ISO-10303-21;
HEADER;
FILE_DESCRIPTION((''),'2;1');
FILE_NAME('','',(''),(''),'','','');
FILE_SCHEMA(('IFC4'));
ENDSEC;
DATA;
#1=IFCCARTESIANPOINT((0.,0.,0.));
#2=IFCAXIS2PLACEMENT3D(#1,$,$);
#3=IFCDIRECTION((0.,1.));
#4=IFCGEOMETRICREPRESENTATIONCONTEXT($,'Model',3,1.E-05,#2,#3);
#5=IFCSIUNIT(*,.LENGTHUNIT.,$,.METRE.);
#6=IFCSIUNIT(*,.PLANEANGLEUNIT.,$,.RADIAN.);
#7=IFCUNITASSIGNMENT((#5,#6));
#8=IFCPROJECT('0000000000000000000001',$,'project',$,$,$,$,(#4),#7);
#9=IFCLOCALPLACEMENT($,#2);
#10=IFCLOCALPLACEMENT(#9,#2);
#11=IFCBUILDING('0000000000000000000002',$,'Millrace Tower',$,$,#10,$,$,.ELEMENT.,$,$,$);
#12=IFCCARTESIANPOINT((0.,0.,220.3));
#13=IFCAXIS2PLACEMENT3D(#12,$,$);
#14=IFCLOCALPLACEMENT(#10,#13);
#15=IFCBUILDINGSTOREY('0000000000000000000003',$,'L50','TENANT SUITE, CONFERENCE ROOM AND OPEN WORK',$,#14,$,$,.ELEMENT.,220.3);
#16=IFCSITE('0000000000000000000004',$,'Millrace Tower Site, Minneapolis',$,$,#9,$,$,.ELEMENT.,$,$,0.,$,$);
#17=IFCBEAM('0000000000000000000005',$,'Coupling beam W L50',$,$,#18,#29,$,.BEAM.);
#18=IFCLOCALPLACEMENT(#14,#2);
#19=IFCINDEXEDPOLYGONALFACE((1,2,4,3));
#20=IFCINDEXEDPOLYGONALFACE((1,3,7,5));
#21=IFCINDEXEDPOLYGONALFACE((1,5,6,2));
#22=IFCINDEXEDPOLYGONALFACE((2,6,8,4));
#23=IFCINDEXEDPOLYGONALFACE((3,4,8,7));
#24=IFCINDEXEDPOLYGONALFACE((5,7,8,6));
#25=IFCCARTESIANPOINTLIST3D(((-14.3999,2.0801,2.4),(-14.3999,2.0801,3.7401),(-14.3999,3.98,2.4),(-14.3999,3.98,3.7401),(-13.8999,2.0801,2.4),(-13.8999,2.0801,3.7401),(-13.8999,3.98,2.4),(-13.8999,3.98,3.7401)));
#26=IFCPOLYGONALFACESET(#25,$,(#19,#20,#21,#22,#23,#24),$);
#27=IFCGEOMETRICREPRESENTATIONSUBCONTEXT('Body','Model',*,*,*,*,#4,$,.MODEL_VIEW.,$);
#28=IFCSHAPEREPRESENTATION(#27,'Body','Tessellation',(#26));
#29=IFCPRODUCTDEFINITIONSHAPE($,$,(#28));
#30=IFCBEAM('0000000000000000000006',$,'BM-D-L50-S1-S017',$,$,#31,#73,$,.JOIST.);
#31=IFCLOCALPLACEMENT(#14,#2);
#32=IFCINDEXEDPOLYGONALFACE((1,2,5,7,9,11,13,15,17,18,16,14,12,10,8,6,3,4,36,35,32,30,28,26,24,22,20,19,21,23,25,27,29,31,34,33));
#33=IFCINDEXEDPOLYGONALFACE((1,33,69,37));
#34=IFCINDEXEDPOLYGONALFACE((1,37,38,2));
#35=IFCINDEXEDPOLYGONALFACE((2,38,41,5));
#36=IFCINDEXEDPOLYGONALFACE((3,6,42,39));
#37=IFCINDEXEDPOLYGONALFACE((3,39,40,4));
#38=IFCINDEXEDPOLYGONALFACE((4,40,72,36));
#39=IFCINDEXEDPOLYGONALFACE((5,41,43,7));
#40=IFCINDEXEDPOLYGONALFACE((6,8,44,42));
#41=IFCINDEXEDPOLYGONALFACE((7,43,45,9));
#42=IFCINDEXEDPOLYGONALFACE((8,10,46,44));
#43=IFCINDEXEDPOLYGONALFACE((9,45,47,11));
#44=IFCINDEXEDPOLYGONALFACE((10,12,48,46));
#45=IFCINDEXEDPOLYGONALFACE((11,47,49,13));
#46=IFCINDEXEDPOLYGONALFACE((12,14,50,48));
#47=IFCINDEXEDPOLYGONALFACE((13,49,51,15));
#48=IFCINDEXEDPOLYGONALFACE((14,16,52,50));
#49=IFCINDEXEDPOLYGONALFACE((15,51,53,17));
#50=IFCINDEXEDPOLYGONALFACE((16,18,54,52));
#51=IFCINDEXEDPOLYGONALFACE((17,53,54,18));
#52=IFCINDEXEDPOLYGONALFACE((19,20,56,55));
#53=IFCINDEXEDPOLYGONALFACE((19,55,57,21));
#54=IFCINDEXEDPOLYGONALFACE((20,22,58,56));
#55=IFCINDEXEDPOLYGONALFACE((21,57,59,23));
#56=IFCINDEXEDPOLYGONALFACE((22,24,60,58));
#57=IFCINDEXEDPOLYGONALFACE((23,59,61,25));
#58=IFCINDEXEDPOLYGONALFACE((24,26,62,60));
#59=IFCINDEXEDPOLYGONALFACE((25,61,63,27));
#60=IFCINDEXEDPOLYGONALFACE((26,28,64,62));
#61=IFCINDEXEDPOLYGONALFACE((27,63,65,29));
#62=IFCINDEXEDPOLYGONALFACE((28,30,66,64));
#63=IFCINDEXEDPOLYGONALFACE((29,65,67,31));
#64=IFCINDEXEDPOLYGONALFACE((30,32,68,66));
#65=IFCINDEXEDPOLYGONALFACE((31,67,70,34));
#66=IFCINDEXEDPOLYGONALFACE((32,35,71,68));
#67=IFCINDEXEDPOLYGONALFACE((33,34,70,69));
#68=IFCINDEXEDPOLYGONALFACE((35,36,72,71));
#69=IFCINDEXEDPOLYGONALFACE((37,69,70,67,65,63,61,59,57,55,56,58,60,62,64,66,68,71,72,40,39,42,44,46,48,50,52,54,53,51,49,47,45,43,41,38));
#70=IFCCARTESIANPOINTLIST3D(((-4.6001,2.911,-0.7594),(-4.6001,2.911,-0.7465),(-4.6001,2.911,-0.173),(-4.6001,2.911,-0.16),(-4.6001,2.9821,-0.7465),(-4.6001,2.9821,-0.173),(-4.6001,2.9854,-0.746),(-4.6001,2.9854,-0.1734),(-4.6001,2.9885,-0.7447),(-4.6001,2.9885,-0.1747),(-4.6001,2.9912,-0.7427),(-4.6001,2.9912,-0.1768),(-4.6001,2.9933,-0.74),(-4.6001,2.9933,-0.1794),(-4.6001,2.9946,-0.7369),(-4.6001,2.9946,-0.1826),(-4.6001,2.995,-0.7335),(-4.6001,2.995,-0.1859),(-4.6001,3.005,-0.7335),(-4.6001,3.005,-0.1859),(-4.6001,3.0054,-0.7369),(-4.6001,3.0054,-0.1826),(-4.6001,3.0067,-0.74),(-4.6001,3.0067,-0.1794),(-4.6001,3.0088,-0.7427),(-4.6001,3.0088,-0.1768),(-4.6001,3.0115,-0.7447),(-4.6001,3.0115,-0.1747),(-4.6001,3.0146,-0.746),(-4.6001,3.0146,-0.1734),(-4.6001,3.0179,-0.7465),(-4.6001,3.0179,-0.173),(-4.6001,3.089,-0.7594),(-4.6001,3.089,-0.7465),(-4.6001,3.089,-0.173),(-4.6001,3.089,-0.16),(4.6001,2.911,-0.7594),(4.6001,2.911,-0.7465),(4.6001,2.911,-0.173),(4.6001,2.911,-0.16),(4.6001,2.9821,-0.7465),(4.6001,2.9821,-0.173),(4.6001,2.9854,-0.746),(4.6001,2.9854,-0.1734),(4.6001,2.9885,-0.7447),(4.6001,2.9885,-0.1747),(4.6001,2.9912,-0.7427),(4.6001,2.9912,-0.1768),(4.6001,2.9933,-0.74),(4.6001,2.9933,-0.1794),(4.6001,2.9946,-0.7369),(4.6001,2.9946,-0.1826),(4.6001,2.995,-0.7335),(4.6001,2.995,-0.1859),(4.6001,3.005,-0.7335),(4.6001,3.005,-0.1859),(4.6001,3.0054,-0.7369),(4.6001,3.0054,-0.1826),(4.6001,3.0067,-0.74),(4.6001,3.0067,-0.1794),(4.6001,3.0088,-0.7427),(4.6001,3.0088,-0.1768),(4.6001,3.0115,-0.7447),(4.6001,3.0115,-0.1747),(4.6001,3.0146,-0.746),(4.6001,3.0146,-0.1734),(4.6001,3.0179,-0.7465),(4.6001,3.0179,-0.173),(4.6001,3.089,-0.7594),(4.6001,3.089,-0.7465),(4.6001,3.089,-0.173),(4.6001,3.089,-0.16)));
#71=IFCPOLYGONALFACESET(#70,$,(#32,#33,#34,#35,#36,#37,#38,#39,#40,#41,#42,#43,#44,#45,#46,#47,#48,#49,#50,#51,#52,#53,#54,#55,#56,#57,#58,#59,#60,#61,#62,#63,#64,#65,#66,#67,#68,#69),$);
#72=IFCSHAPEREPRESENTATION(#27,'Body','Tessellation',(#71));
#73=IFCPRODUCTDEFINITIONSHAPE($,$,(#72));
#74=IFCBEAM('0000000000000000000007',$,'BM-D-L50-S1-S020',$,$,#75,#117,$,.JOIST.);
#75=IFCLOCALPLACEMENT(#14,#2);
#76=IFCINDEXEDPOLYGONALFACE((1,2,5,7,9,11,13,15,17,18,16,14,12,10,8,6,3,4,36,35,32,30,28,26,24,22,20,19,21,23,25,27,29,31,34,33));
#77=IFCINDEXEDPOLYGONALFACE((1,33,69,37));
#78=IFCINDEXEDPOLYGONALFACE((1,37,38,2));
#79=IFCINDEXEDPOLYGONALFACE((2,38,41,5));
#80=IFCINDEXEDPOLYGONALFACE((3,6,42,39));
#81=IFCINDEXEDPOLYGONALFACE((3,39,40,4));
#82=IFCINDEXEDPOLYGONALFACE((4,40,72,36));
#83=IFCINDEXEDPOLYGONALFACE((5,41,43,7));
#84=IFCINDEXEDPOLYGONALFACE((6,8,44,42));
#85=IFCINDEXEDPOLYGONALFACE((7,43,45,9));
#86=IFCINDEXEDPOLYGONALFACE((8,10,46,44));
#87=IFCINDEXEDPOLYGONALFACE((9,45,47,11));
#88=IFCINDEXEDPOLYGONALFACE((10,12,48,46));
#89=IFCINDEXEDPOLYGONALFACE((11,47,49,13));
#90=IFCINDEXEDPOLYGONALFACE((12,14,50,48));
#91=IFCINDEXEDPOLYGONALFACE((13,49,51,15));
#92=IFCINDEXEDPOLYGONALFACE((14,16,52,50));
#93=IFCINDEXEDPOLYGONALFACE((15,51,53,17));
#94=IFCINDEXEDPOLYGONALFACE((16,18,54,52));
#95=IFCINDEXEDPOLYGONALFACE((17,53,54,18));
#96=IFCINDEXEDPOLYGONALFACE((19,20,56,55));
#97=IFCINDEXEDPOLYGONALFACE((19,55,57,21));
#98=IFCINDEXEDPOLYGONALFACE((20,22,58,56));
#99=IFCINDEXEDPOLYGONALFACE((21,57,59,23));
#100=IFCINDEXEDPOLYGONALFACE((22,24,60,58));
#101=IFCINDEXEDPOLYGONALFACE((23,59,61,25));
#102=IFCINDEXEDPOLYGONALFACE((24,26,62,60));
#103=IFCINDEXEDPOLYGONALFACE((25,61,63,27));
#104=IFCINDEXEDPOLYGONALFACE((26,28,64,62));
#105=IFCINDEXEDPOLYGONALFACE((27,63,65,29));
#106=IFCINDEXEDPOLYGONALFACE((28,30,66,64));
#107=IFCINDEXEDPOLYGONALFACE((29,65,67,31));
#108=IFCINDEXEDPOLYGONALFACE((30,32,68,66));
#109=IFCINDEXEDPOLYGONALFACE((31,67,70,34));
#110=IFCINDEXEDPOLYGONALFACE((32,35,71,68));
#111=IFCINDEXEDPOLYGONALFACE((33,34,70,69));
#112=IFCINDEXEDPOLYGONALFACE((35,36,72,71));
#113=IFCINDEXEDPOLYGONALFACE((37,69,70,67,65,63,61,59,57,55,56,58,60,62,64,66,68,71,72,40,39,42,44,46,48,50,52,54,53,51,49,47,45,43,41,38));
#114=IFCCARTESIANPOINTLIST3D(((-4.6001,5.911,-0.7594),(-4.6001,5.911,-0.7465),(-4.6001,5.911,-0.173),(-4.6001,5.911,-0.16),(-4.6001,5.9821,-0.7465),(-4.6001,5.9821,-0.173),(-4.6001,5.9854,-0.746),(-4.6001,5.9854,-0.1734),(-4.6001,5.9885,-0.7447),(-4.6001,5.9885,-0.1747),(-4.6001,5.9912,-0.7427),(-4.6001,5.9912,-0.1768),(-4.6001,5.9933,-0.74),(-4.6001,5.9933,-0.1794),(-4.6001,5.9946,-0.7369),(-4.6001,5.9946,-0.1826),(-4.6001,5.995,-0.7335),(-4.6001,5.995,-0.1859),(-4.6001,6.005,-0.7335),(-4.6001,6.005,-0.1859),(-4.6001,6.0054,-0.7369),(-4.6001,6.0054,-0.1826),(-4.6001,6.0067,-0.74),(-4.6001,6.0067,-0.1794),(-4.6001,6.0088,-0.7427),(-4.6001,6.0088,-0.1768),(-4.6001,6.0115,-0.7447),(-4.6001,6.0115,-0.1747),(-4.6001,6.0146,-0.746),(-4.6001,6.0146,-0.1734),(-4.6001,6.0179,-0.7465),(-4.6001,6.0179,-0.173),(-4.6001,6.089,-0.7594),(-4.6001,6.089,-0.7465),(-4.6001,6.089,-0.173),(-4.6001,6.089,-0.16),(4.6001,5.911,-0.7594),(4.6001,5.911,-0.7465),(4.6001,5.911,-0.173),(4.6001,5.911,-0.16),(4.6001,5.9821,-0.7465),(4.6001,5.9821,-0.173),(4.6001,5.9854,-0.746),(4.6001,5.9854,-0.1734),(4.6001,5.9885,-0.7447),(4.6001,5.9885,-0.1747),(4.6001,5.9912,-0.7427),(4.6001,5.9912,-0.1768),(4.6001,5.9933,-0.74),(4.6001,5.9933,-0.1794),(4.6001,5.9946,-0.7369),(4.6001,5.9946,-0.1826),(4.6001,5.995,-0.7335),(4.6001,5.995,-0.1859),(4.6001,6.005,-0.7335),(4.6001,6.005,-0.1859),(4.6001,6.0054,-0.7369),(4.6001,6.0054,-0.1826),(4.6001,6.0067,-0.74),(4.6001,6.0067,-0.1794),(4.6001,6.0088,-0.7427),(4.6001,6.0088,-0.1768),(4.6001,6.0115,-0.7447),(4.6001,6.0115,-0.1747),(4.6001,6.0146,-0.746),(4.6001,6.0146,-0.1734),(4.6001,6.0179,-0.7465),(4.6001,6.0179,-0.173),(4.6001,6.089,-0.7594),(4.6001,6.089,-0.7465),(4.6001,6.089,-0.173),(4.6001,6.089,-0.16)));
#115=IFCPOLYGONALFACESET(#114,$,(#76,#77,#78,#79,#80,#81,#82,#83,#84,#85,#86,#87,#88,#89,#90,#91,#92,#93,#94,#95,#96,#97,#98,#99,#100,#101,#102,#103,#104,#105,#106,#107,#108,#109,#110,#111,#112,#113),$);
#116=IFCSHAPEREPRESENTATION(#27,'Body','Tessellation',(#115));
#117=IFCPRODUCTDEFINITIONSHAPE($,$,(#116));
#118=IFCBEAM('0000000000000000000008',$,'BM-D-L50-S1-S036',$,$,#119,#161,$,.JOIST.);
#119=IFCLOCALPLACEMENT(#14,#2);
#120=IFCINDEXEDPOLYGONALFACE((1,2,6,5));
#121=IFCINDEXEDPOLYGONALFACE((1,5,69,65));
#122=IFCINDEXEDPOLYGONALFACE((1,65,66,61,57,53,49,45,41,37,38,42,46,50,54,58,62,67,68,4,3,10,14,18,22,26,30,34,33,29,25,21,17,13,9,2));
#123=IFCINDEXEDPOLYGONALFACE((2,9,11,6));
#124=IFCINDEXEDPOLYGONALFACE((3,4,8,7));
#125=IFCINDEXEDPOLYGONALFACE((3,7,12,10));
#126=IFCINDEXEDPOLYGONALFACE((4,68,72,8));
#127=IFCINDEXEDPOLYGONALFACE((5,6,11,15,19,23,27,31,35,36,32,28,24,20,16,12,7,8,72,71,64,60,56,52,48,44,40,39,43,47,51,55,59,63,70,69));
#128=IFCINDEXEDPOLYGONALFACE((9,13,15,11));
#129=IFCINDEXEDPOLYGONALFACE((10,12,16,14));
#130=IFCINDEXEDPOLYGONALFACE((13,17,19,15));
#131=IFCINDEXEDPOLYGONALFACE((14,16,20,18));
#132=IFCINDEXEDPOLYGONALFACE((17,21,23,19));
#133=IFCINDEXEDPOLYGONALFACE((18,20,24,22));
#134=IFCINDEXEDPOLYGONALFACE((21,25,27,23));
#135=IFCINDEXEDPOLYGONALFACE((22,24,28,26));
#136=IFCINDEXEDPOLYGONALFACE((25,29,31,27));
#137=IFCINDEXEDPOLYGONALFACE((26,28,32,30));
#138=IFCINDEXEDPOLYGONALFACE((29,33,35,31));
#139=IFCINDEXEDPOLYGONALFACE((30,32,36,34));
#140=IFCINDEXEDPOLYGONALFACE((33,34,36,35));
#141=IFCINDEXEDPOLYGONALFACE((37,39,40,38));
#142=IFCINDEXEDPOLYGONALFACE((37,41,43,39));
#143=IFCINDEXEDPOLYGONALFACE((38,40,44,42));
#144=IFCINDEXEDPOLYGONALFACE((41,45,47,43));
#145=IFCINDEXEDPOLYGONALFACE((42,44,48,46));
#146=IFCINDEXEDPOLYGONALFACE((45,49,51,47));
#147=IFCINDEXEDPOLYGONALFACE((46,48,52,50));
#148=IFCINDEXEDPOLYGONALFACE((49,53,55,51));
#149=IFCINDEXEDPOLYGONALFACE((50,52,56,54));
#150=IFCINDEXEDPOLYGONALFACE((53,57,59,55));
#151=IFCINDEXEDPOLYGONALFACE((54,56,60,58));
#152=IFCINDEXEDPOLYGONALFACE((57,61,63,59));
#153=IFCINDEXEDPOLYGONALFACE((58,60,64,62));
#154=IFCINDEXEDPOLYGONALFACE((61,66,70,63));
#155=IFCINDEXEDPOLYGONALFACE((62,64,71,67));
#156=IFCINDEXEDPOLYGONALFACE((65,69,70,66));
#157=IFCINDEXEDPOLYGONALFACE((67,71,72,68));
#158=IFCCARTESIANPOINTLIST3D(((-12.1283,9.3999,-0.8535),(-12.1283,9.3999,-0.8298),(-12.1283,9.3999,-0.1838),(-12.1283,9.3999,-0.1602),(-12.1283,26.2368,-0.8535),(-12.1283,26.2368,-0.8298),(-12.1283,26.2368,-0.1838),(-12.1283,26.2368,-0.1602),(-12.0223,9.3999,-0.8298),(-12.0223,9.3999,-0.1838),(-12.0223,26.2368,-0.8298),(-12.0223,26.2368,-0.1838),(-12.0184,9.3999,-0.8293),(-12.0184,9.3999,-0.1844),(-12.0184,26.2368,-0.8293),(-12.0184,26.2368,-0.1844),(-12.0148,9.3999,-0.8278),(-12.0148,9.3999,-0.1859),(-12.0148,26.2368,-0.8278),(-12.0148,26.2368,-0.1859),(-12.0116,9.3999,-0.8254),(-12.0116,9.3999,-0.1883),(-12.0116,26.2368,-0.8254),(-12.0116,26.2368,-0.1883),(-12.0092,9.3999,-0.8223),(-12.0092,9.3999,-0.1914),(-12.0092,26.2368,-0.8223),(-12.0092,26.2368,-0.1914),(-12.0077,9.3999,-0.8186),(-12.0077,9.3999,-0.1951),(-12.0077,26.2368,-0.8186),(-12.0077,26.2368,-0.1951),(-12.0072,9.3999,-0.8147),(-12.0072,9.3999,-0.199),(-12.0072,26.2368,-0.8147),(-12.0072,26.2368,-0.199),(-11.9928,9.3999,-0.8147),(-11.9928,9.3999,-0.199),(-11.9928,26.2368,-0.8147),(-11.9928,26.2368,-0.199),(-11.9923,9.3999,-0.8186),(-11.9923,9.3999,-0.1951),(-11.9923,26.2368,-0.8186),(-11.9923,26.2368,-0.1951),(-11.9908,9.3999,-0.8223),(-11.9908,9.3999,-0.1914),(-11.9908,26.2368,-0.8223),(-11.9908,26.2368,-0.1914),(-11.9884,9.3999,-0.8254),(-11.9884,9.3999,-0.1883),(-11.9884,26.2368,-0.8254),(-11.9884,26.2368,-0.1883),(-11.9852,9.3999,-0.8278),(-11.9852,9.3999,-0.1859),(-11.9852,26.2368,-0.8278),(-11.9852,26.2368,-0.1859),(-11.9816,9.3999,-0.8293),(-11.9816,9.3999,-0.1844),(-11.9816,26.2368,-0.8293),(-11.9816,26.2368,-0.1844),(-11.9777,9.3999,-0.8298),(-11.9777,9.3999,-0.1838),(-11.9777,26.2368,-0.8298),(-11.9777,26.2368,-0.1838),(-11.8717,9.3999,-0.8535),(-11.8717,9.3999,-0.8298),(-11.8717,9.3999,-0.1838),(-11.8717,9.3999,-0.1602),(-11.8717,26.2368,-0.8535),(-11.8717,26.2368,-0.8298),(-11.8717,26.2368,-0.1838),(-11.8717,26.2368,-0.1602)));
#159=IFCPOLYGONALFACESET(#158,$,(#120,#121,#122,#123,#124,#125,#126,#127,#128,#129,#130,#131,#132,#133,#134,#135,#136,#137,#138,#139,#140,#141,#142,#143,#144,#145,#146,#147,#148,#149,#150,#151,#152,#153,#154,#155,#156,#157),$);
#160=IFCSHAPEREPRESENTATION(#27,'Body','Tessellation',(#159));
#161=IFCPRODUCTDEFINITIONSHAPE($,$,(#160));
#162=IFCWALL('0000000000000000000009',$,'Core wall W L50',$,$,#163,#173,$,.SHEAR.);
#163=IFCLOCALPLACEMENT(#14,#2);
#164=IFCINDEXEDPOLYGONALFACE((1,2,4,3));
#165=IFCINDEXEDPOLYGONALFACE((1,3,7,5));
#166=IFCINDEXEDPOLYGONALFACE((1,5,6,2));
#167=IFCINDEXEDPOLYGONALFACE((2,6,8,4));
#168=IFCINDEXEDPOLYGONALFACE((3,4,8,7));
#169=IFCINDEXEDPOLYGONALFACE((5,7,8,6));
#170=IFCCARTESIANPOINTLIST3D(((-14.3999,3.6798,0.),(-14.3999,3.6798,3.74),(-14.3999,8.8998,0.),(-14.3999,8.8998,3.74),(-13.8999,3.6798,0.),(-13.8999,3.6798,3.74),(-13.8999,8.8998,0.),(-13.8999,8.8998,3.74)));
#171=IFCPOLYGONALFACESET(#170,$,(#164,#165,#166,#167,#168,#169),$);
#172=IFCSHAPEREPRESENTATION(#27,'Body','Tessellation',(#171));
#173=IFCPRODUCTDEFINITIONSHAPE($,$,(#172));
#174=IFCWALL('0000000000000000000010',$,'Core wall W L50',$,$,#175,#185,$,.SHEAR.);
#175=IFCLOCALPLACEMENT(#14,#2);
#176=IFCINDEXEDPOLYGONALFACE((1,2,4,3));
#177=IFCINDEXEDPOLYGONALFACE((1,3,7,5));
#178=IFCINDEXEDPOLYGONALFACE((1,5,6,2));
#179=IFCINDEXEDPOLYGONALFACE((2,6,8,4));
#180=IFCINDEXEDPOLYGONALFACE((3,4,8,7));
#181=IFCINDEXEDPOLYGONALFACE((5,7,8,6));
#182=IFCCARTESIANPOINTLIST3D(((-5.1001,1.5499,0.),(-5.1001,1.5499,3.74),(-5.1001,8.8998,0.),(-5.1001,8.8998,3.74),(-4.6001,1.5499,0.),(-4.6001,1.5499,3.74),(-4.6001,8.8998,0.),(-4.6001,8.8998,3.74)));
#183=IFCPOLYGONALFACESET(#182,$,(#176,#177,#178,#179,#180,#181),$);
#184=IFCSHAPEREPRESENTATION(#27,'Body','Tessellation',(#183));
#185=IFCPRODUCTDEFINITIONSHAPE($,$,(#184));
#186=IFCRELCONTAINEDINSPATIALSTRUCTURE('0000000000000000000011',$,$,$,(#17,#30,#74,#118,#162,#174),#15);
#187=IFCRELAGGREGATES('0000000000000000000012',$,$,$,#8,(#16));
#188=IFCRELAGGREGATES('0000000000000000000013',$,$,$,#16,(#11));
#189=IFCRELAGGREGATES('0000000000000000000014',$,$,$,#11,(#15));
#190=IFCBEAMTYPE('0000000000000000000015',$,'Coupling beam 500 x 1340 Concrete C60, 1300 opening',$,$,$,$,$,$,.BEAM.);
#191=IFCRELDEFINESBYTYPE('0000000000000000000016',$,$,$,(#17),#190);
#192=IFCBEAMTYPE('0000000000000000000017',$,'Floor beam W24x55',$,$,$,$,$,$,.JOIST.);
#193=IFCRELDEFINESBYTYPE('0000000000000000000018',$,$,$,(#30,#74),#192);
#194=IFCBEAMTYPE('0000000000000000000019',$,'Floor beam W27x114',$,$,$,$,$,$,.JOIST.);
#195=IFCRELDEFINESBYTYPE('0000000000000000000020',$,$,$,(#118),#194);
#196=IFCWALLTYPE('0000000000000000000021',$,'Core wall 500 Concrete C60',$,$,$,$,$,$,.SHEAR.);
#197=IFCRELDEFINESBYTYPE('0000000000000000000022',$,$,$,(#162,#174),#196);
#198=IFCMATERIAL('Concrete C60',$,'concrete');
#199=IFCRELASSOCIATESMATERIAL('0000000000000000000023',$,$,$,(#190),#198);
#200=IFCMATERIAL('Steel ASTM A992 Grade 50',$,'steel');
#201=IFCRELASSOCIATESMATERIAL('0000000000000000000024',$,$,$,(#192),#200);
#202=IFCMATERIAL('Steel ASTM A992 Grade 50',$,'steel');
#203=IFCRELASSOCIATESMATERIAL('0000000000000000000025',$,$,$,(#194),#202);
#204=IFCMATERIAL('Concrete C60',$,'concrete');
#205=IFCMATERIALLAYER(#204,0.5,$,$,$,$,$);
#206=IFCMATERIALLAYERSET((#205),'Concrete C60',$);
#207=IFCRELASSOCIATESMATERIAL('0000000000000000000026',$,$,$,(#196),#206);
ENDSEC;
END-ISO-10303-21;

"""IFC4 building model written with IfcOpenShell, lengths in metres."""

from ifc_helpers import new_model, si_unit, direction, frame, frame_2d, origin, origin_2d, place, context, subcontext, project, spatial, rectangle, i_section, extrude, material, layer, layer_set, material_profile, profile_set, type_object, element, save


model = new_model("IFC4")

# Units and contexts
model_context = context("Model", 3, precision=1e-05, world=origin(), true_north=direction((0.0, 1.0)))
body_context = subcontext(model_context, "Body", "Model", "MODEL_VIEW")
ifc_project = project(units=[si_unit("LENGTHUNIT", "METRE"), si_unit("PLANEANGLEUNIT", "RADIAN")], contexts=[model_context])

# Site, building, storey
site_placement = place(None, origin())
site = spatial("IfcSite", under=ifc_project, at=site_placement, Name="Millrace Tower Site, Minneapolis", CompositionType="ELEMENT", RefElevation=0.0)
building_placement = place(site_placement, origin())
building = spatial("IfcBuilding", under=site, at=building_placement, Name="Millrace Tower", CompositionType="ELEMENT")
storey_placement = place(building_placement, frame((0.0, 0.0, 220.3)))
storey = spatial("IfcBuildingStorey", under=building, at=storey_placement, Name="L50", Description="TENANT SUITE, CONFERENCE ROOM AND OPEN WORK", CompositionType="ELEMENT", Elevation=220.3)

# Beams
ifc_material_1 = material(Name="Concrete C60", Category="concrete")
ifc_material_profile_1 = material_profile(ifc_material_1, rectangle(XDim=0.5, YDim=1.3401, at=origin_2d()))
ifc_profile_set_1 = profile_set([ifc_material_profile_1], Name="Concrete C60")
beam_type_1 = type_object("IfcBeamType", Name="Coupling beam 500 x 1340 Concrete C60, 1300 opening", PredefinedType="BEAM", material=ifc_profile_set_1)
beam_1_placement = place(storey_placement, frame((-14.1499, 2.0801, 3.0701), z_axis=(0.0, 1.0, 0.0), x_axis=(-1.0, 0.0, 0.0)))
element("IfcBeam", 1, at=beam_1_placement, inside=storey, type_object=beam_type_1, Name="Coupling beam W L50", PredefinedType="BEAM", context=body_context, shape_type="SweptSolid", body=[
    extrude(rectangle(XDim=0.5, YDim=1.3401, at=origin_2d()), origin(), (0.0, 0.0, 1.0), 1.8999),
])
ifc_material_2 = material(Name="Steel ASTM A992 Grade 50", Category="steel")
ifc_material_profile_2 = material_profile(ifc_material_2, i_section(OverallWidth=0.178, OverallDepth=0.5994, WebThickness=0.01, FlangeThickness=0.0129, FilletRadius=0.0129, at=origin_2d()))
ifc_profile_set_2 = profile_set([ifc_material_profile_2], Name="Steel ASTM A992 Grade 50")
beam_type_2 = type_object("IfcBeamType", Name="Floor beam W24x55", PredefinedType="JOIST", material=ifc_profile_set_2)
for number, where, z_axis, x_axis, name in (
    (2, (-4.6001, 3.0, -0.4597), (1.0, 0.0, 0.0), (0.0, 1.0, 0.0), "BM-D-L50-S1-S017"),
    (3, (-4.6001, 6.0, -0.4597), (1.0, 0.0, 0.0), (0.0, 1.0, 0.0), "BM-D-L50-S1-S020"),
):
    element("IfcBeam", number, at=place(storey_placement, frame(where, z_axis=z_axis, x_axis=x_axis)), inside=storey, type_object=beam_type_2, Name=name, PredefinedType="JOIST", context=body_context, shape_type="SweptSolid", body=[
        extrude(i_section(OverallWidth=0.178, OverallDepth=0.5994, WebThickness=0.01, FlangeThickness=0.0129, FilletRadius=0.0129, at=origin_2d()), origin(), (0.0, 0.0, 1.0), 9.2002),
    ])
ifc_material_3 = material(Name="Steel ASTM A992 Grade 50", Category="steel")
ifc_material_profile_3 = material_profile(ifc_material_3, i_section(OverallWidth=0.2566, OverallDepth=0.6934, WebThickness=0.0144, FlangeThickness=0.0237, FilletRadius=0.0151, at=origin_2d()))
ifc_profile_set_3 = profile_set([ifc_material_profile_3], Name="Steel ASTM A992 Grade 50")
beam_type_3 = type_object("IfcBeamType", Name="Floor beam W27x114", PredefinedType="JOIST", material=ifc_profile_set_3)
beam_2_placement = place(storey_placement, frame((-12.0, 9.3999, -0.5068), z_axis=(0.0, 1.0, 0.0), x_axis=(-1.0, 0.0, 0.0)))
element("IfcBeam", 4, at=beam_2_placement, inside=storey, type_object=beam_type_3, Name="BM-D-L50-S1-S036", PredefinedType="JOIST", context=body_context, shape_type="SweptSolid", body=[
    extrude(i_section(OverallWidth=0.2566, OverallDepth=0.6934, WebThickness=0.0144, FlangeThickness=0.0237, FilletRadius=0.0151, at=origin_2d()), origin(), (0.0, 0.0, 1.0), 16.8369),
])

# Walls
ifc_material_4 = material(Name="Concrete C60", Category="concrete")
ifc_layer_1 = layer(ifc_material_4, 0.5)
ifc_layer_set_1 = layer_set([ifc_layer_1], Name="Concrete C60")
wall_type_1 = type_object("IfcWallType", Name="Core wall 500 Concrete C60", PredefinedType="SHEAR", material=ifc_layer_set_1)
wall_1_placement = place(storey_placement, frame((-14.1499, 3.6799, 0.0), z_axis=(0.0, 0.0, 1.0), x_axis=(0.0, 1.0, 0.0)))
element("IfcWall", 5, at=wall_1_placement, inside=storey, type_object=wall_type_1, Name="Core wall W L50", PredefinedType="SHEAR", context=body_context, shape_type="SweptSolid", body=[
    extrude(rectangle(XDim=5.22, YDim=0.5, at=frame_2d((2.6099, 0.0))), origin(), (0.0, 0.0, 1.0), 3.74),
])
wall_2_placement = place(storey_placement, frame((-4.8501, 1.55, 0.0), z_axis=(0.0, 0.0, 1.0), x_axis=(0.0, 1.0, 0.0)))
element("IfcWall", 6, at=wall_2_placement, inside=storey, type_object=wall_type_1, Name="Core wall W L50", PredefinedType="SHEAR", context=body_context, shape_type="SweptSolid", body=[
    extrude(rectangle(XDim=7.3499, YDim=0.5, at=frame_2d((3.6748, 0.0))), origin(), (0.0, 0.0, 1.0), 3.74),
])

save(model, "model.ifc")
